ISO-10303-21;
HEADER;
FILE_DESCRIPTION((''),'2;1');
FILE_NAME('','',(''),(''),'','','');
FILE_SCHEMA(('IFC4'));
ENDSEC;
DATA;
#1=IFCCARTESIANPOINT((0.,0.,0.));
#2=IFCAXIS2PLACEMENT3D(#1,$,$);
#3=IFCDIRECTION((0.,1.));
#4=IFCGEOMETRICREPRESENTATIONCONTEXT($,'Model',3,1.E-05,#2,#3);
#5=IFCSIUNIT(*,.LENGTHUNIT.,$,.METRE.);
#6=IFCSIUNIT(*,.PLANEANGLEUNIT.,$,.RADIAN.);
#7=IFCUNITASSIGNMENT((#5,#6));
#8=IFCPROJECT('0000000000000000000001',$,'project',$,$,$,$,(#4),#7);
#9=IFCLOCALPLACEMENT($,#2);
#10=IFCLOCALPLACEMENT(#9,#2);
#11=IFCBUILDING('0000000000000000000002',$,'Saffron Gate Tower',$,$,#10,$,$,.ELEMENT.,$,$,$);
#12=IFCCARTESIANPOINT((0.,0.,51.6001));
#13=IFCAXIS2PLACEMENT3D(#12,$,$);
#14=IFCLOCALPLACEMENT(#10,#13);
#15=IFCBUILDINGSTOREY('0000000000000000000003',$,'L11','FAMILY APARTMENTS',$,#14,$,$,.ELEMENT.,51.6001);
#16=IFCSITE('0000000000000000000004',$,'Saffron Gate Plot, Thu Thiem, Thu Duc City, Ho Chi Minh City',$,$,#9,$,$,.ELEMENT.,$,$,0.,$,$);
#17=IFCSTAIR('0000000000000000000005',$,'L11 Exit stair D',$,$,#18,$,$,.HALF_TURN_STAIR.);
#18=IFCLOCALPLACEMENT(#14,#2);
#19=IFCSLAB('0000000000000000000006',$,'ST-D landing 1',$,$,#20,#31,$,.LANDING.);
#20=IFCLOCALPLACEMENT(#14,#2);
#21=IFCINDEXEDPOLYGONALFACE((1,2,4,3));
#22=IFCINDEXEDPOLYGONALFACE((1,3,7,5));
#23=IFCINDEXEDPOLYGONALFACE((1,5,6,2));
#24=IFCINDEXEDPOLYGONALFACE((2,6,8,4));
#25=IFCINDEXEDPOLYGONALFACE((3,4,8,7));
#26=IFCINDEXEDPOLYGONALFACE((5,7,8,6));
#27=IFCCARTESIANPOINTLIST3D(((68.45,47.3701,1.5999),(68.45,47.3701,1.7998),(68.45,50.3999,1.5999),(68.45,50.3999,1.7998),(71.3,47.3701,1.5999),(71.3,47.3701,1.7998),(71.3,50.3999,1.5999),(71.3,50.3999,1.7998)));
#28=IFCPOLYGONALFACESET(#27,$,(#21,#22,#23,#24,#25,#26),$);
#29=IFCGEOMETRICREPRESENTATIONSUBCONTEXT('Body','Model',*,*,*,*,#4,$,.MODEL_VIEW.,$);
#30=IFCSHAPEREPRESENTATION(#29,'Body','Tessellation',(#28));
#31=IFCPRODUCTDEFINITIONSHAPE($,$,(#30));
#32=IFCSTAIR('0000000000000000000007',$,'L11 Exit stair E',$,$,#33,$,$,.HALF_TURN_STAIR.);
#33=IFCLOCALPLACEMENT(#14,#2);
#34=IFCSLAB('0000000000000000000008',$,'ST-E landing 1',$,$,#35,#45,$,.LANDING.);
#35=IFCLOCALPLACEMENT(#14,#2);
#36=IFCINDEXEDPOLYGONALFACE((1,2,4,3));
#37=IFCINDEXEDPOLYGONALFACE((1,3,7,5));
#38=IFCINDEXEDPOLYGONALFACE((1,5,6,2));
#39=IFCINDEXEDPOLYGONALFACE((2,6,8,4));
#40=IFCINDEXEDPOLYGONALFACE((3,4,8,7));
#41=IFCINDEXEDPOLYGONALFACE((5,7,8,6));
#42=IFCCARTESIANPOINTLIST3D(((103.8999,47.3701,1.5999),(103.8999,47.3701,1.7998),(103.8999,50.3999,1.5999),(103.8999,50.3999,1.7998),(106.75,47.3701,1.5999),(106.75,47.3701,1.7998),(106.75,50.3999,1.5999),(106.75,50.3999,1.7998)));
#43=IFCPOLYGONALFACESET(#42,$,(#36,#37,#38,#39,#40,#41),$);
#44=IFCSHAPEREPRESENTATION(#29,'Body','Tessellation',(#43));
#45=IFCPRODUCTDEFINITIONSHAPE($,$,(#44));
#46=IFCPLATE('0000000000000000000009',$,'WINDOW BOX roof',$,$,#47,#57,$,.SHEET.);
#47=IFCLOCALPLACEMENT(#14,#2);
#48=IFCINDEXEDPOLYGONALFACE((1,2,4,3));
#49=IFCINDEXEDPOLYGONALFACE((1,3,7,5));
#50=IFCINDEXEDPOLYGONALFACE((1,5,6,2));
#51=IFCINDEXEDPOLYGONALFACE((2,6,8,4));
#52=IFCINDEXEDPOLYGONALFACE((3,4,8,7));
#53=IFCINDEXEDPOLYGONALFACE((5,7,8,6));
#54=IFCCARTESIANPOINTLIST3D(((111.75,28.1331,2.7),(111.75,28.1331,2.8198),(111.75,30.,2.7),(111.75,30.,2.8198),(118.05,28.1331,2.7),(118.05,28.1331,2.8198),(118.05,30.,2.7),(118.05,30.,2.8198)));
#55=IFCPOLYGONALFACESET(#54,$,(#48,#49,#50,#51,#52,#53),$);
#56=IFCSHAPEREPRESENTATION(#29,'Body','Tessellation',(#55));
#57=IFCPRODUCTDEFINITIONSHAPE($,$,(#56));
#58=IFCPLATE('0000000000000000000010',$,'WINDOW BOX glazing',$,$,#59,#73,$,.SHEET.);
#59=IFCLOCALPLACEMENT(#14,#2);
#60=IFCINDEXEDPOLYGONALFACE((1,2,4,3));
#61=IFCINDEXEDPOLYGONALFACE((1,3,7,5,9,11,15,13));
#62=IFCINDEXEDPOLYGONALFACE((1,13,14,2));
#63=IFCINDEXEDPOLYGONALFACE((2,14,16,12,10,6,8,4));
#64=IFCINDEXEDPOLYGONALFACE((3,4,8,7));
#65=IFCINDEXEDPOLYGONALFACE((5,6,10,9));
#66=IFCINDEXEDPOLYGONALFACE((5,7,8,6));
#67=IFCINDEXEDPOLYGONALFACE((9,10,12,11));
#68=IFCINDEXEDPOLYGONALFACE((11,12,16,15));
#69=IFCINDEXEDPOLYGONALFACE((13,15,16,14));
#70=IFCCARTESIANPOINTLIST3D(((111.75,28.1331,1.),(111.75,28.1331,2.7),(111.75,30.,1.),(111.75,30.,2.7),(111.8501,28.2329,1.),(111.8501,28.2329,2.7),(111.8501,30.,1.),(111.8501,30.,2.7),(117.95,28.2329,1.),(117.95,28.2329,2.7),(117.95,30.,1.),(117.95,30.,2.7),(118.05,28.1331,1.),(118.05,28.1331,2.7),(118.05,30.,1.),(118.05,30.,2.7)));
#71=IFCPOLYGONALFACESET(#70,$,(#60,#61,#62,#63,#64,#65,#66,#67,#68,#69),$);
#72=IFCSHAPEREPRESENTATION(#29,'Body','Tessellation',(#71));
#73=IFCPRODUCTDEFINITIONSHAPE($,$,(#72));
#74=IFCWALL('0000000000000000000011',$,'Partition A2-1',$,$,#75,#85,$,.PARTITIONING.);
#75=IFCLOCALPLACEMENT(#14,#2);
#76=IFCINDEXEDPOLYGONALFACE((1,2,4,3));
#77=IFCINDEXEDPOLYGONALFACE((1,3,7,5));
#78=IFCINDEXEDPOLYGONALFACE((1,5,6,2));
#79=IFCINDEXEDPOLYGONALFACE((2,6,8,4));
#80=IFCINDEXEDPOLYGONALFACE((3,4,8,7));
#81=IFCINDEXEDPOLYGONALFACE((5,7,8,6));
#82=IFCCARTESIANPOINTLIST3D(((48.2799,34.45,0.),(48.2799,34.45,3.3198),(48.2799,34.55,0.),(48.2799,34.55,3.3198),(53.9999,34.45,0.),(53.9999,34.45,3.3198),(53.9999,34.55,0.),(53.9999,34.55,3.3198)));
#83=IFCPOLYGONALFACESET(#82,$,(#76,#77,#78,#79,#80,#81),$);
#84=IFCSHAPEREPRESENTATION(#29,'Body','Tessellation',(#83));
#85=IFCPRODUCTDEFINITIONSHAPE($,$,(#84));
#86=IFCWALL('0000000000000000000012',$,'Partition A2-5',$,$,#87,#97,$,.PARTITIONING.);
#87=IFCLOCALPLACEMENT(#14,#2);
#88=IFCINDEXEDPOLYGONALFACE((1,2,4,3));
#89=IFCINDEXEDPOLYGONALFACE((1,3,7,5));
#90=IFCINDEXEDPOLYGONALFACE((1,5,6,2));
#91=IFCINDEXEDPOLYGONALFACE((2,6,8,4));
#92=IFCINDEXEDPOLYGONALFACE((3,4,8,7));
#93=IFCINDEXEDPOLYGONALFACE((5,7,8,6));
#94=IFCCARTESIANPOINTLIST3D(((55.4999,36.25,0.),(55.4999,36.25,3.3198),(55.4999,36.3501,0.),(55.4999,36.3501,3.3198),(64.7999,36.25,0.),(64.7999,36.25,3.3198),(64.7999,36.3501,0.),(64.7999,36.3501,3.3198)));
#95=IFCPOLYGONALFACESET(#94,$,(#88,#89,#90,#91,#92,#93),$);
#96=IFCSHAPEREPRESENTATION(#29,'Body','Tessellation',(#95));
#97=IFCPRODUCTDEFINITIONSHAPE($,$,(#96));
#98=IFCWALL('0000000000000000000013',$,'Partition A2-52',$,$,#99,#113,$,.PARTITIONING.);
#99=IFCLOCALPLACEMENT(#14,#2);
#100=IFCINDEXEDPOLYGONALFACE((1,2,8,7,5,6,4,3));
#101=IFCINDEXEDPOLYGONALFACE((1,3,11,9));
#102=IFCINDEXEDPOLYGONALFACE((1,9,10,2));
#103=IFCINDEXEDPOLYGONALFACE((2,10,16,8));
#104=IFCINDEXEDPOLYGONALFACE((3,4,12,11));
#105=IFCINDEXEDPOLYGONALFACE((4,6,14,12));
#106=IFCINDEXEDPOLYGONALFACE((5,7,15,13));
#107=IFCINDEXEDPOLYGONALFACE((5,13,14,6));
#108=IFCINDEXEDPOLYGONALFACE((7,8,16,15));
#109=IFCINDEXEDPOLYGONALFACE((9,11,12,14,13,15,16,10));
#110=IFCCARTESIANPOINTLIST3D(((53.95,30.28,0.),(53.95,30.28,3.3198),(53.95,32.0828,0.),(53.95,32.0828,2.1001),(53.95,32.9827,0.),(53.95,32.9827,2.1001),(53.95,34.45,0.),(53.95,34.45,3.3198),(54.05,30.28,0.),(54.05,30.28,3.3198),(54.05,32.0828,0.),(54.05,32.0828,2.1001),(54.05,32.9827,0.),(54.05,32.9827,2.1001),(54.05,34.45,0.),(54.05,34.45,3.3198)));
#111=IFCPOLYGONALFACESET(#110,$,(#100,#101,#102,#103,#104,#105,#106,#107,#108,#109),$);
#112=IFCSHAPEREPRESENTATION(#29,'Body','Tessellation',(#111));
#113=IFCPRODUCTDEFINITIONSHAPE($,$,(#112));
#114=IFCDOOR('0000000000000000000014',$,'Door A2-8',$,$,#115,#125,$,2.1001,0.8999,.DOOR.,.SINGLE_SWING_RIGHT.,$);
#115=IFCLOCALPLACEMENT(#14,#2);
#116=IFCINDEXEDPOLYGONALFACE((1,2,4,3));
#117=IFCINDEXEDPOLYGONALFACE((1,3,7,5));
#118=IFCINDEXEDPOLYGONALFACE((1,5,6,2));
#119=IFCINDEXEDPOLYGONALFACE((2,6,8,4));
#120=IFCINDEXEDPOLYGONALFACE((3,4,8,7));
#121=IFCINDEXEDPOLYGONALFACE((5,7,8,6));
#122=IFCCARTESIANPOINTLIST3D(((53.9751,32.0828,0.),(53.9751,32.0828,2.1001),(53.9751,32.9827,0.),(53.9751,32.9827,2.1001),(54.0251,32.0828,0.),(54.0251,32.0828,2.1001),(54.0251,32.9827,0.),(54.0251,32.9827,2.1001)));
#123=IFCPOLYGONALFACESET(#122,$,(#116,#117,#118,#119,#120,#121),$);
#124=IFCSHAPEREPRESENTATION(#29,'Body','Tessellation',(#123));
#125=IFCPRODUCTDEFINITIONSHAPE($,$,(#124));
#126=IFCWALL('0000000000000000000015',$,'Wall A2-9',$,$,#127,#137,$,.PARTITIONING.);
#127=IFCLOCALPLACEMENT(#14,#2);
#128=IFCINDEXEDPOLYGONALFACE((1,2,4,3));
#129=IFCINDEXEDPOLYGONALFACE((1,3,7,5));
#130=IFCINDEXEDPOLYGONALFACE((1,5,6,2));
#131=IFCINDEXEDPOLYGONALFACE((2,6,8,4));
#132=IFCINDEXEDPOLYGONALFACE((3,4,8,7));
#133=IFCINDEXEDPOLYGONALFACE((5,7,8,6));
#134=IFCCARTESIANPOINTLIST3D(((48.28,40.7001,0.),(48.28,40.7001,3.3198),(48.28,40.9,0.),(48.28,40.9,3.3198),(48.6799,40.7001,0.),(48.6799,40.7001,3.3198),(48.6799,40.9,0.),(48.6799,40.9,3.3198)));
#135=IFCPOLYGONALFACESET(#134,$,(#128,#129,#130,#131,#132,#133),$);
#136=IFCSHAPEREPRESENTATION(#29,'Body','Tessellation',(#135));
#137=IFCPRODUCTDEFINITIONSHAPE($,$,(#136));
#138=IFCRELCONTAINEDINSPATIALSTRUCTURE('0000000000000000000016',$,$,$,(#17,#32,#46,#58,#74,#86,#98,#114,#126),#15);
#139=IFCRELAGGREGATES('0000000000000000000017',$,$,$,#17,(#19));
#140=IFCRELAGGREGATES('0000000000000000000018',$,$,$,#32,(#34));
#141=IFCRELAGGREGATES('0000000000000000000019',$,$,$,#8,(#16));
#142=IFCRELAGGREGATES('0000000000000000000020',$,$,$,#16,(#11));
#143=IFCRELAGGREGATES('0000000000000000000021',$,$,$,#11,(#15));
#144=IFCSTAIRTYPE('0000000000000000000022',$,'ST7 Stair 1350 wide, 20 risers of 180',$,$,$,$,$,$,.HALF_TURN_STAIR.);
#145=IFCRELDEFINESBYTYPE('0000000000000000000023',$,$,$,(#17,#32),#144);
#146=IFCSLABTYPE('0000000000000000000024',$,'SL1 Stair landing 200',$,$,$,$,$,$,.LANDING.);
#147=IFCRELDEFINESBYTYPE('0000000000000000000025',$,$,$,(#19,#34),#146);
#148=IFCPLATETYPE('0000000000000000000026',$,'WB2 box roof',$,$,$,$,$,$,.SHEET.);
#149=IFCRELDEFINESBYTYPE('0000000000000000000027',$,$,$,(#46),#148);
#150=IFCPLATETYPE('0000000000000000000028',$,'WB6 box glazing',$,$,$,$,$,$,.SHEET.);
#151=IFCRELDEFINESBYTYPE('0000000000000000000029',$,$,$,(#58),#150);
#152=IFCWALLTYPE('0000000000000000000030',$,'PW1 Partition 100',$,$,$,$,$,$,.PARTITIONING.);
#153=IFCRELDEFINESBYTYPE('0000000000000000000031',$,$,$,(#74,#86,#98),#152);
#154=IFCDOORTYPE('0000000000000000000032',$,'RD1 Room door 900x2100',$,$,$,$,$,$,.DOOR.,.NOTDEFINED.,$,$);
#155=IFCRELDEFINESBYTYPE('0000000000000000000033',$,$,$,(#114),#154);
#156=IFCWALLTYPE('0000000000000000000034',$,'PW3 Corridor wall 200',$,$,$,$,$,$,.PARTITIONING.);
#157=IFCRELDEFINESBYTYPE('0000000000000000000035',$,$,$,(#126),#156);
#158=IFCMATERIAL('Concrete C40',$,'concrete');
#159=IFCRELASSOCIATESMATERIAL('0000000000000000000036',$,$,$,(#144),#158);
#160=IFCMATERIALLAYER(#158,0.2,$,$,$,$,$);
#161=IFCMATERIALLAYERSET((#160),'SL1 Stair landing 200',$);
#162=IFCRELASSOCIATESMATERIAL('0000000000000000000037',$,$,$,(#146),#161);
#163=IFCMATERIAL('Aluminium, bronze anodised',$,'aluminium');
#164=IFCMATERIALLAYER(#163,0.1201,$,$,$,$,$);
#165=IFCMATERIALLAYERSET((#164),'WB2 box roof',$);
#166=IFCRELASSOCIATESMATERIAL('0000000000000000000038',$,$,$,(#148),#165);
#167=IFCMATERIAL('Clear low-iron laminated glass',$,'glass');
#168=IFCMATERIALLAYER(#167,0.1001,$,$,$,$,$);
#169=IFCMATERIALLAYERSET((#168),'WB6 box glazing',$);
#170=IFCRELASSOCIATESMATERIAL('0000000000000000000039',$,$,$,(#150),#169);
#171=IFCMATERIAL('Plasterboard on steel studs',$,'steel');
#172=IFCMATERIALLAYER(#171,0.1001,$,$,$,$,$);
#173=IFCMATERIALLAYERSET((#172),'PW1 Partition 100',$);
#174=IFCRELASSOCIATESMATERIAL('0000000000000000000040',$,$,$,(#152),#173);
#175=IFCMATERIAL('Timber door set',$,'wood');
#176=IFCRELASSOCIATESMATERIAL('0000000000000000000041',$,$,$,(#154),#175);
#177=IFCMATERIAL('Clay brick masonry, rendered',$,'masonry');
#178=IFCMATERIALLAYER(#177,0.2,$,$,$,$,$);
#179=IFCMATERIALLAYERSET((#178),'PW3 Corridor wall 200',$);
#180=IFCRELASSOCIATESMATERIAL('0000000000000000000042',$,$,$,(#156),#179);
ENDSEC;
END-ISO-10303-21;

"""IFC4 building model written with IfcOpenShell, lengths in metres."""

from ifc_helpers import new_model, si_unit, direction, frame, frame_2d, origin, place, context, subcontext, project, spatial, polyline, rectangle, outline, extrude, material, layer, layer_set, type_object, element, fill, aggregate, save


model = new_model("IFC4")

# Units and contexts
model_context = context("Model", 3, precision=1e-05, world=origin(), true_north=direction((0.0, 1.0)))
body_context = subcontext(model_context, "Body", "Model", "MODEL_VIEW")
ifc_project = project(units=[si_unit("LENGTHUNIT", "METRE"), si_unit("PLANEANGLEUNIT", "RADIAN")], contexts=[model_context])

# Site, building, storey
site_placement = place(None, origin())
site = spatial("IfcSite", under=ifc_project, at=site_placement, Name="Saffron Gate Plot, Thu Thiem, Thu Duc City, Ho Chi Minh City", CompositionType="ELEMENT", RefElevation=0.0)
building_placement = place(site_placement, origin())
building = spatial("IfcBuilding", under=site, at=building_placement, Name="Saffron Gate Tower", CompositionType="ELEMENT")
storey_placement = place(building_placement, frame((0.0, 0.0, 51.6001)))
storey = spatial("IfcBuildingStorey", under=building, at=storey_placement, Name="L11", Description="FAMILY APARTMENTS", CompositionType="ELEMENT", Elevation=51.6001)

# Shared definitions
ifc_material_1 = material(Name="Aluminium, bronze anodised", Category="aluminium")

# Stairs, slabs
ifc_material_2 = material(Name="Concrete C40", Category="concrete")
stair_type = type_object("IfcStairType", Name="ST7 Stair 1350 wide, 20 risers of 180", PredefinedType="HALF_TURN_STAIR", material=ifc_material_2)
ifc_layer_1 = layer(ifc_material_2, 0.2)
ifc_layer_set_1 = layer_set([ifc_layer_1], Name="SL1 Stair landing 200")
slab_type = type_object("IfcSlabType", Name="SL1 Stair landing 200", PredefinedType="LANDING", material=ifc_layer_set_1)
stair_1_placement = place(storey_placement, origin())
stair_1 = element("IfcStair", 1, at=stair_1_placement, inside=storey, type_object=stair_type, Name="L11 Exit stair D", PredefinedType="HALF_TURN_STAIR")
slab_1_placement = place(storey_placement, frame((0.0, 0.0, 1.5999)))
slab_1 = element("IfcSlab", 2, at=slab_1_placement, type_object=slab_type, Name="ST-D landing 1", PredefinedType="LANDING", context=body_context, shape_type="SweptSolid", body=[
    extrude(outline(polyline([(71.3, 47.3701), (71.3, 50.3999), (68.45, 50.3999), (68.45, 47.3701), (71.3, 47.3701)])), origin(), (0.0, 0.0, 1.0), 0.2),
])
aggregate(stair_1, [slab_1])
stair_2_placement = place(storey_placement, origin())
stair_2 = element("IfcStair", 3, at=stair_2_placement, inside=storey, type_object=stair_type, Name="L11 Exit stair E", PredefinedType="HALF_TURN_STAIR")
slab_2_placement = place(storey_placement, frame((0.0, 0.0, 1.5999)))
slab_2 = element("IfcSlab", 4, at=slab_2_placement, type_object=slab_type, Name="ST-E landing 1", PredefinedType="LANDING", context=body_context, shape_type="SweptSolid", body=[
    extrude(outline(polyline([(106.75, 47.3701), (106.75, 50.3999), (103.8999, 50.3999), (103.8999, 47.3701), (106.75, 47.3701)])), origin(), (0.0, 0.0, 1.0), 0.2),
])
aggregate(stair_2, [slab_2])

# Plates
ifc_layer_2 = layer(ifc_material_1, 0.1201)
ifc_layer_set_2 = layer_set([ifc_layer_2], Name="WB2 box roof")
plate_type_1 = type_object("IfcPlateType", Name="WB2 box roof", PredefinedType="SHEET", material=ifc_layer_set_2)
plate_1_placement = place(storey_placement, frame((0.0, 0.0, 2.7)))
element("IfcPlate", 5, at=plate_1_placement, inside=storey, type_object=plate_type_1, Name="WINDOW BOX roof", PredefinedType="SHEET", context=body_context, shape_type="SweptSolid", body=[
    extrude(outline(polyline([(111.75, 30.0), (118.05, 30.0), (118.05, 28.1331), (111.75, 28.1331), (111.75, 30.0)])), origin(), (0.0, 0.0, 1.0), 0.1199),
])
ifc_material_3 = material(Name="Clear low-iron laminated glass", Category="glass")
ifc_layer_3 = layer(ifc_material_3, 0.1001)
ifc_layer_set_3 = layer_set([ifc_layer_3], Name="WB6 box glazing")
plate_type_2 = type_object("IfcPlateType", Name="WB6 box glazing", PredefinedType="SHEET", material=ifc_layer_set_3)
plate_2_placement = place(storey_placement, frame((0.0, 0.0, 1.0)))
element("IfcPlate", 6, at=plate_2_placement, inside=storey, type_object=plate_type_2, Name="WINDOW BOX glazing", PredefinedType="SHEET", context=body_context, shape_type="SweptSolid", body=[
    extrude(outline(polyline([(111.75, 30.0), (111.8501, 30.0), (111.8501, 28.2329), (117.95, 28.2329), (117.95, 30.0), (118.05, 30.0), (118.05, 28.1331), (111.75, 28.1331), (111.75, 30.0)])), origin(), (0.0, 0.0, 1.0), 1.7),
])

# Walls
ifc_material_4 = material(Name="Plasterboard on steel studs", Category="steel")
ifc_layer_4 = layer(ifc_material_4, 0.1001)
ifc_layer_set_4 = layer_set([ifc_layer_4], Name="PW1 Partition 100")
wall_type_1 = type_object("IfcWallType", Name="PW1 Partition 100", PredefinedType="PARTITIONING", material=ifc_layer_set_4)
wall_1_placement = place(storey_placement, frame((48.28, 34.5, 0.0), z_axis=(0.0, 0.0, 1.0), x_axis=(1.0, 0.0, 0.0)))
element("IfcWall", 7, at=wall_1_placement, inside=storey, type_object=wall_type_1, Name="Partition A2-1", PredefinedType="PARTITIONING", context=body_context, shape_type="SweptSolid", body=[
    extrude(rectangle(XDim=5.72, YDim=0.1001, at=frame_2d((2.8599, 0.0))), origin(), (0.0, 0.0, 1.0), 3.3198),
])
wall_2_placement = place(storey_placement, frame((55.5, 36.3, 0.0), z_axis=(0.0, 0.0, 1.0), x_axis=(1.0, 0.0, 0.0)))
element("IfcWall", 8, at=wall_2_placement, inside=storey, type_object=wall_type_1, Name="Partition A2-5", PredefinedType="PARTITIONING", context=body_context, shape_type="SweptSolid", body=[
    extrude(rectangle(XDim=9.3, YDim=0.1001, at=frame_2d((4.6499, 0.0))), origin(), (0.0, 0.0, 1.0), 3.3198),
])

# Wall, opening, door
wall_3_placement = place(storey_placement, frame((54.0, 30.28, 0.0), z_axis=(0.0, 0.0, 1.0), x_axis=(0.0, 1.0, 0.0)))
wall_3 = element("IfcWall", 9, at=wall_3_placement, inside=storey, type_object=wall_type_1, Name="Partition A2-52", PredefinedType="PARTITIONING", context=body_context, shape_type="SweptSolid", body=[
    extrude(rectangle(XDim=4.1699, YDim=0.1001, at=frame_2d((2.085, 0.0))), origin(), (0.0, 0.0, 1.0), 3.3198),
])
opening_1_placement = place(wall_3_placement, frame((1.8027, 0.0, 0.0)))
opening_1 = element("IfcOpeningElement", 10, at=opening_1_placement, cuts=wall_3, PredefinedType="OPENING", context=body_context, shape_type="SweptSolid", body=[
    extrude(rectangle(XDim=0.8999, YDim=2.1001, at=frame_2d((0.45, 1.05))), frame((0.0, 0.0601, 0.0), z_axis=(0.0, -1.0, 0.0), x_axis=(1.0, 0.0, 0.0)), (0.0, 0.0, 1.0), 0.1201),
])
ifc_material_5 = material(Name="Timber door set", Category="wood")
door_type = type_object("IfcDoorType", Name="RD1 Room door 900x2100", OperationType="NOTDEFINED", PredefinedType="DOOR", material=ifc_material_5)
door_placement = place(opening_1_placement, origin())
door = element("IfcDoor", 11, at=door_placement, inside=storey, type_object=door_type, Name="Door A2-8", OperationType="SINGLE_SWING_RIGHT", OverallHeight=2.1001, OverallWidth=0.8999, PredefinedType="DOOR", context=body_context, shape_type="SweptSolid", body=[
    extrude(rectangle(XDim=0.8999, YDim=2.1001, at=frame_2d((0.45, 1.05))), frame((0.0, 0.0249, 0.0), z_axis=(0.0, -1.0, 0.0), x_axis=(1.0, 0.0, 0.0)), (0.0, 0.0, 1.0), 0.05),
])
fill(opening_1, door)

# Wall
ifc_material_6 = material(Name="Clay brick masonry, rendered", Category="masonry")
ifc_layer_5 = layer(ifc_material_6, 0.2)
ifc_layer_set_5 = layer_set([ifc_layer_5], Name="PW3 Corridor wall 200")
wall_type_2 = type_object("IfcWallType", Name="PW3 Corridor wall 200", PredefinedType="PARTITIONING", material=ifc_layer_set_5)
wall_4_placement = place(storey_placement, frame((48.28, 40.8, 0.0), z_axis=(0.0, 0.0, 1.0), x_axis=(1.0, 0.0, 0.0)))
element("IfcWall", 12, at=wall_4_placement, inside=storey, type_object=wall_type_2, Name="Wall A2-9", PredefinedType="PARTITIONING", context=body_context, shape_type="SweptSolid", body=[
    extrude(rectangle(XDim=0.3999, YDim=0.2, at=frame_2d((0.2, 0.0))), origin(), (0.0, 0.0, 1.0), 3.3198),
])

save(model, "model.ifc")
